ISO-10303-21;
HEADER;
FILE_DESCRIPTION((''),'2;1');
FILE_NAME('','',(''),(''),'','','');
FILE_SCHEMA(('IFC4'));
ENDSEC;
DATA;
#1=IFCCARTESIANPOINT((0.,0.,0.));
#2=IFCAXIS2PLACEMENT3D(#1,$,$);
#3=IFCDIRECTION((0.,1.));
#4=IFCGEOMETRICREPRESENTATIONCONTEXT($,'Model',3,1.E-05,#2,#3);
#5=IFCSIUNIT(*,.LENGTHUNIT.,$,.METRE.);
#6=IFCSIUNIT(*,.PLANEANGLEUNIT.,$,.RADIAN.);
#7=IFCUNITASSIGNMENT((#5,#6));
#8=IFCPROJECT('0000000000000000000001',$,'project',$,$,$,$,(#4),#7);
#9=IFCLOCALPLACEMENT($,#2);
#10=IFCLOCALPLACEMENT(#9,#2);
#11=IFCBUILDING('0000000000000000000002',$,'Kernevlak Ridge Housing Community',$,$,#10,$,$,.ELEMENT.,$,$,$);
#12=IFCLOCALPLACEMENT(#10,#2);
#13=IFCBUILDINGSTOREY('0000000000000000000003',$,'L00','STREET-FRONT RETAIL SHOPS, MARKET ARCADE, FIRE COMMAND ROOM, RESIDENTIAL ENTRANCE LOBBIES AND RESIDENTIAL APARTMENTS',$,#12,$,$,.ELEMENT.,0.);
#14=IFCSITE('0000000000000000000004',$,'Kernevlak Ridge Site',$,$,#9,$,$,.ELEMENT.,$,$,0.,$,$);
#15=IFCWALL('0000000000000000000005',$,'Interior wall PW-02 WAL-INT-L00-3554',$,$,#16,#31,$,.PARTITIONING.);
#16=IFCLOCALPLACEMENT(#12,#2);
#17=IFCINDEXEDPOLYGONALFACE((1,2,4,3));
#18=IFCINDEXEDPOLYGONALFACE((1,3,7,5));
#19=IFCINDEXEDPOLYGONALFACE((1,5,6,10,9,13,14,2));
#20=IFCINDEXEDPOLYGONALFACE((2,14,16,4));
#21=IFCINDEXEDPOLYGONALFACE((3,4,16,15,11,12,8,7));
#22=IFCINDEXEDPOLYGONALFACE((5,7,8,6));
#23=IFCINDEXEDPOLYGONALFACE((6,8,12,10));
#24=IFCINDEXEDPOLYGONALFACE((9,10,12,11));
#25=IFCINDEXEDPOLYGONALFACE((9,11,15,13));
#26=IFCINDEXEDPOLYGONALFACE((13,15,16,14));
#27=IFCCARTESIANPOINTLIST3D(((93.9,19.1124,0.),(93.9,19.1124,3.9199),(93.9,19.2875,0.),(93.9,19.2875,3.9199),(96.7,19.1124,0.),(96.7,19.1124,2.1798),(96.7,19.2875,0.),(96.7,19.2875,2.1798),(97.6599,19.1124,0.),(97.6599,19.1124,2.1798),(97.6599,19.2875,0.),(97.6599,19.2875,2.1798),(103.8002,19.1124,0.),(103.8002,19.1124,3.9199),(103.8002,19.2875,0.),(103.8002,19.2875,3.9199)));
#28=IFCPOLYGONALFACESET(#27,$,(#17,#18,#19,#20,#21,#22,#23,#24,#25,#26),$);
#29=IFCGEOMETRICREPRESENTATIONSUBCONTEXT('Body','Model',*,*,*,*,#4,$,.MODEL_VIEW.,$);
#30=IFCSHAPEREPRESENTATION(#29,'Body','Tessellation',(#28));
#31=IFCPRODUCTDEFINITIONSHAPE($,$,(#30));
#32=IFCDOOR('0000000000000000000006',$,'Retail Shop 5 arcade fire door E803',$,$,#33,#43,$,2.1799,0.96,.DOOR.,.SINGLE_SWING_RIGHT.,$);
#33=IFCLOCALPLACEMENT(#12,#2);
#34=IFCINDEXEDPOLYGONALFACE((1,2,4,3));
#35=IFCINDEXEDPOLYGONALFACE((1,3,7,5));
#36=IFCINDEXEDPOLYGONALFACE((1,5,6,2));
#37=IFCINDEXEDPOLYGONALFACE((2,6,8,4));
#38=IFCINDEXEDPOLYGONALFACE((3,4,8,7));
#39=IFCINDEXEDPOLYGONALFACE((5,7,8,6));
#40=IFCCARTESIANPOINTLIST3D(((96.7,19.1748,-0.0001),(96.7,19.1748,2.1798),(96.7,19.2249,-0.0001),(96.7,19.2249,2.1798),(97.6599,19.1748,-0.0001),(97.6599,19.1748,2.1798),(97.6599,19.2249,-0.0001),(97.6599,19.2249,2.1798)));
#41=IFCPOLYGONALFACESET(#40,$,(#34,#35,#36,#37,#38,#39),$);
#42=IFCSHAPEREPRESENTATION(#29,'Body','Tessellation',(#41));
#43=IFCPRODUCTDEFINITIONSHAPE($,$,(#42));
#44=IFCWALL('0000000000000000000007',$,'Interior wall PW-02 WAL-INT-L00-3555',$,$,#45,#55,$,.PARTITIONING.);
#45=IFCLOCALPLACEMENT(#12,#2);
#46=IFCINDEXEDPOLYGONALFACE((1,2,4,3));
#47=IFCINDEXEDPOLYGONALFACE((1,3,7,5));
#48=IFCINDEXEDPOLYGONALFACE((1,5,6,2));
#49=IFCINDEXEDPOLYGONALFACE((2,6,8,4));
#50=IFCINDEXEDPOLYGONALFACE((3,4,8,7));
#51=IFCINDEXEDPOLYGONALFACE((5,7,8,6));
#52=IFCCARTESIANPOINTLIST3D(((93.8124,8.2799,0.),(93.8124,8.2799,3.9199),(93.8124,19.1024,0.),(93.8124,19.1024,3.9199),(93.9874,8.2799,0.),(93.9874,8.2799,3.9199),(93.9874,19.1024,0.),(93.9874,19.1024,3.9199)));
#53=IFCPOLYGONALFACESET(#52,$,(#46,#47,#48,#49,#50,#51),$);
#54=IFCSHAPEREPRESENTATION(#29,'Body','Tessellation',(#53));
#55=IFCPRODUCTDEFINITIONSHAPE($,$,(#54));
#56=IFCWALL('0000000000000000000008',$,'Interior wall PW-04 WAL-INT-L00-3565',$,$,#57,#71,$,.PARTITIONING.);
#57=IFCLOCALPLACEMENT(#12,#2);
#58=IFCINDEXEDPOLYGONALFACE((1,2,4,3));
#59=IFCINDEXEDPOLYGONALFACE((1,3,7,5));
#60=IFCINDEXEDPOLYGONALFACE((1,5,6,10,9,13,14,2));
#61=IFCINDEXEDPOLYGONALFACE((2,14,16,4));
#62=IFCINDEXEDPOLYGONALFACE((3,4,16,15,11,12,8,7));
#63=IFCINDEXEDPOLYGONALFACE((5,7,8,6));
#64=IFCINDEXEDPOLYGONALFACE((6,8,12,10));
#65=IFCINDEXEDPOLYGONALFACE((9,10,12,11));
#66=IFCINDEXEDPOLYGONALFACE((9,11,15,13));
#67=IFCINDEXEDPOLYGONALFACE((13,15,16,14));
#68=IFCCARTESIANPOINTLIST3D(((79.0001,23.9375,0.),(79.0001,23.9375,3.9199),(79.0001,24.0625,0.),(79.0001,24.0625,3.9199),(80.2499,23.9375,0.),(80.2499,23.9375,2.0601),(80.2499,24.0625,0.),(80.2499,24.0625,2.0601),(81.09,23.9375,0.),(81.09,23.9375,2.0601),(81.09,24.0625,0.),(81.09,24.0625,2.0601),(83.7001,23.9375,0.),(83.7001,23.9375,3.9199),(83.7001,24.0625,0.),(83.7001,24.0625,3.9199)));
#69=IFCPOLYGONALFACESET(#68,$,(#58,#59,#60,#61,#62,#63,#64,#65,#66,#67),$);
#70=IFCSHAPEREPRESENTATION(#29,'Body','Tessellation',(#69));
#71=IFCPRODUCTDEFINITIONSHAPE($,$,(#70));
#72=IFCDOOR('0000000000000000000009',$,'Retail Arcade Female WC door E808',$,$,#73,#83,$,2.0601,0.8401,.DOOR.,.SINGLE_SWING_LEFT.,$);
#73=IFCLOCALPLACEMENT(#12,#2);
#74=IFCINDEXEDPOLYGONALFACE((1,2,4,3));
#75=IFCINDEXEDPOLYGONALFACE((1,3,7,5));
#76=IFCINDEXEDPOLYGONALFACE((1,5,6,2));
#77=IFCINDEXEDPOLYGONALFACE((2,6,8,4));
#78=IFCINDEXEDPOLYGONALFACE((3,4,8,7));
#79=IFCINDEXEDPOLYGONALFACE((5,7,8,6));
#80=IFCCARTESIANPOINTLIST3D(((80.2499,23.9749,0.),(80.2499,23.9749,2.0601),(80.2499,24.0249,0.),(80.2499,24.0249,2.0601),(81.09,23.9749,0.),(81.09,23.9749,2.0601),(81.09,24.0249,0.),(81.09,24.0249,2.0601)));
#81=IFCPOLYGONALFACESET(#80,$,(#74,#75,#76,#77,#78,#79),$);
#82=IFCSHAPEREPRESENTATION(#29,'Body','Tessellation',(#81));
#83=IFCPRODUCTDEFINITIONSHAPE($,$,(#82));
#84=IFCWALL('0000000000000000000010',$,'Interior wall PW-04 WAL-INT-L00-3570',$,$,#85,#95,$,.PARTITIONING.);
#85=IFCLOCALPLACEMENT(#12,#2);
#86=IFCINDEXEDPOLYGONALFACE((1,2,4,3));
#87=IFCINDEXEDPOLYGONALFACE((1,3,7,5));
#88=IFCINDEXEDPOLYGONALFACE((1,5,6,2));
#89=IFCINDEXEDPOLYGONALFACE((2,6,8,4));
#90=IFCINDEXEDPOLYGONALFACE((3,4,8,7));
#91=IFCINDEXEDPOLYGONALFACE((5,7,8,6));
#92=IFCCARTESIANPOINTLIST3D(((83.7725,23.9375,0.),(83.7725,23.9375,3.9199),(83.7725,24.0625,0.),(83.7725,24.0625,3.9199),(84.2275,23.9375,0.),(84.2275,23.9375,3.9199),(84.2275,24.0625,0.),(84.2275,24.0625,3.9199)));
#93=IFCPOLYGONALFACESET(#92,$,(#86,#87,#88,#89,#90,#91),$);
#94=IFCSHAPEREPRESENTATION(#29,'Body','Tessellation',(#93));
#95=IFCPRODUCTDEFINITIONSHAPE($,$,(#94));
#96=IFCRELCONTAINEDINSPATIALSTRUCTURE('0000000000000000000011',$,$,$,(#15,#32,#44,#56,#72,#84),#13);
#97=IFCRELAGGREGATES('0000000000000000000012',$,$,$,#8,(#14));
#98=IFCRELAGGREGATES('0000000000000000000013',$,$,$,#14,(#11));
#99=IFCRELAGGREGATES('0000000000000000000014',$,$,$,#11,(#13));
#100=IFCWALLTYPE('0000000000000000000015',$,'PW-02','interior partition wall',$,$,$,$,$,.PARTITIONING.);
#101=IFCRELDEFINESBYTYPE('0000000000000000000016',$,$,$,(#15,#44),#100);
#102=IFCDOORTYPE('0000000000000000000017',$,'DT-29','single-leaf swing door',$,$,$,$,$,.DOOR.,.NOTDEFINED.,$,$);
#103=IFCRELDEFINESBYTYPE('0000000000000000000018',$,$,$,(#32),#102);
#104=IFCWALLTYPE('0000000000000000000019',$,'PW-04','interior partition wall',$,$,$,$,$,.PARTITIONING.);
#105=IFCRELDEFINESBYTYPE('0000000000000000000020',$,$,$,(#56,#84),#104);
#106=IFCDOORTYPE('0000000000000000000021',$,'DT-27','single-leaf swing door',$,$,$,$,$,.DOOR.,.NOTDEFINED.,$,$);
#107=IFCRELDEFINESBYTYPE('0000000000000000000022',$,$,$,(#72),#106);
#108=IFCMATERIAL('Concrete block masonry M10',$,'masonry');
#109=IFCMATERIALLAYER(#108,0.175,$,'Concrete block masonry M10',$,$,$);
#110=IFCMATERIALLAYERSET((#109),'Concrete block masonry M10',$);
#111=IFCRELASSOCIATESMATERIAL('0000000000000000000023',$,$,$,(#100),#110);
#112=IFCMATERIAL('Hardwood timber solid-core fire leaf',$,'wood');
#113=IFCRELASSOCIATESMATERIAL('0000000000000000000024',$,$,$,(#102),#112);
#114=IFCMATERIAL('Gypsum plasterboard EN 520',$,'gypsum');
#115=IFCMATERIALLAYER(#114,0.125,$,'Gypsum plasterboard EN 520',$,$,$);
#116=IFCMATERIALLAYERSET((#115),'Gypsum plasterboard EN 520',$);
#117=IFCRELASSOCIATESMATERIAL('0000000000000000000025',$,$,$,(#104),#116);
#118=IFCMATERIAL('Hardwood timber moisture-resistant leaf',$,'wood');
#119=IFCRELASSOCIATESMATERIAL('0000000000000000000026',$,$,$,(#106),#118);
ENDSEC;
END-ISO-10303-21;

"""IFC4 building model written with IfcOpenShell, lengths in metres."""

from ifc_helpers import new_model, si_unit, direction, frame, frame_2d, origin, place, context, subcontext, project, spatial, rectangle, extrude, material, layer, layer_set, type_object, element, fill, save


model = new_model("IFC4")

# Units and contexts
model_context = context("Model", 3, precision=1e-05, world=origin(), true_north=direction((0.0, 1.0)))
body_context = subcontext(model_context, "Body", "Model", "MODEL_VIEW")
ifc_project = project(units=[si_unit("LENGTHUNIT", "METRE"), si_unit("PLANEANGLEUNIT", "RADIAN")], contexts=[model_context])

# Site, building, storey
site_placement = place(None, origin())
site = spatial("IfcSite", under=ifc_project, at=site_placement, Name="Kernevlak Ridge Site", CompositionType="ELEMENT", RefElevation=0.0)
building_placement = place(site_placement, origin())
building = spatial("IfcBuilding", under=site, at=building_placement, Name="Kernevlak Ridge Housing Community", CompositionType="ELEMENT")
storey_placement = place(building_placement, origin())
storey = spatial("IfcBuildingStorey", under=building, at=storey_placement, Name="L00", Description="STREET-FRONT RETAIL SHOPS, MARKET ARCADE, FIRE COMMAND ROOM, RESIDENTIAL ENTRANCE LOBBIES AND RESIDENTIAL APARTMENTS", CompositionType="ELEMENT", Elevation=0.0)

# Shared definitions
ifc_material_1 = material(Name="Concrete block masonry M10", Category="masonry")
ifc_layer_1 = layer(ifc_material_1, 0.175, Name="Concrete block masonry M10")
ifc_layer_set_1 = layer_set([ifc_layer_1], Name="Concrete block masonry M10")
wall_type_1 = type_object("IfcWallType", Name="PW-02", Description="interior partition wall", PredefinedType="PARTITIONING", material=ifc_layer_set_1)
ifc_material_2 = material(Name="Hardwood timber solid-core fire leaf", Category="wood")

# Wall, opening, door
wall_1_placement = place(storey_placement, frame((93.8999, 19.2, 0.0), z_axis=(0.0, 0.0, 1.0), x_axis=(1.0, 0.0, 0.0)))
wall_1 = element("IfcWall", 1, at=wall_1_placement, inside=storey, type_object=wall_type_1, Name="Interior wall PW-02 WAL-INT-L00-3554", PredefinedType="PARTITIONING", context=body_context, shape_type="SweptSolid", body=[
    extrude(rectangle(XDim=9.9001, YDim=0.175, at=frame_2d((4.9502, 0.0))), origin(), (0.0, 0.0, 1.0), 3.9199),
])
opening_1_placement = place(wall_1_placement, frame((2.8, 0.0, 0.0)))
opening_1 = element("IfcOpeningElement", 2, at=opening_1_placement, cuts=wall_1, PredefinedType="OPENING", context=body_context, shape_type="SweptSolid", body=[
    extrude(rectangle(XDim=0.96, YDim=2.1799, at=frame_2d((0.48, 1.0898))), frame((0.0, 0.0974, 0.0), z_axis=(0.0, -1.0, 0.0), x_axis=(1.0, 0.0, 0.0)), (0.0, 0.0, 1.0), 0.1951),
])
door_type_1 = type_object("IfcDoorType", Name="DT-29", Description="single-leaf swing door", OperationType="NOTDEFINED", PredefinedType="DOOR", material=ifc_material_2)
door_1_placement = place(opening_1_placement, origin())
door_1 = element("IfcDoor", 3, at=door_1_placement, inside=storey, type_object=door_type_1, Name="Retail Shop 5 arcade fire door E803", OperationType="SINGLE_SWING_RIGHT", OverallHeight=2.1799, OverallWidth=0.96, PredefinedType="DOOR", context=body_context, shape_type="SweptSolid", body=[
    extrude(rectangle(XDim=0.96, YDim=2.1799, at=frame_2d((0.48, 1.0898))), frame((0.0, 0.0249, 0.0), z_axis=(0.0, -1.0, 0.0), x_axis=(1.0, 0.0, 0.0)), (0.0, 0.0, 1.0), 0.05),
])
fill(opening_1, door_1)

# Wall
wall_2_placement = place(storey_placement, frame((93.8999, 8.28, 0.0), z_axis=(0.0, 0.0, 1.0), x_axis=(0.0, 1.0, 0.0)))
element("IfcWall", 4, at=wall_2_placement, inside=storey, type_object=wall_type_1, Name="Interior wall PW-02 WAL-INT-L00-3555", PredefinedType="PARTITIONING", context=body_context, shape_type="SweptSolid", body=[
    extrude(rectangle(XDim=10.8225, YDim=0.175, at=frame_2d((5.4111, 0.0))), origin(), (0.0, 0.0, 1.0), 3.9199),
])

# Wall, opening, door
ifc_material_3 = material(Name="Gypsum plasterboard EN 520", Category="gypsum")
ifc_layer_2 = layer(ifc_material_3, 0.125, Name="Gypsum plasterboard EN 520")
ifc_layer_set_2 = layer_set([ifc_layer_2], Name="Gypsum plasterboard EN 520")
wall_type_2 = type_object("IfcWallType", Name="PW-04", Description="interior partition wall", PredefinedType="PARTITIONING", material=ifc_layer_set_2)
wall_3_placement = place(storey_placement, frame((79.0, 24.0, 0.0), z_axis=(0.0, 0.0, 1.0), x_axis=(1.0, 0.0, 0.0)))
wall_3 = element("IfcWall", 5, at=wall_3_placement, inside=storey, type_object=wall_type_2, Name="Interior wall PW-04 WAL-INT-L00-3565", PredefinedType="PARTITIONING", context=body_context, shape_type="SweptSolid", body=[
    extrude(rectangle(XDim=4.7, YDim=0.125, at=frame_2d((2.3501, 0.0))), origin(), (0.0, 0.0, 1.0), 3.9199),
])
opening_2_placement = place(wall_3_placement, frame((1.25, 0.0, 0.0)))
opening_2 = element("IfcOpeningElement", 6, at=opening_2_placement, cuts=wall_3, PredefinedType="OPENING", context=body_context, shape_type="SweptSolid", body=[
    extrude(rectangle(XDim=0.8401, YDim=2.0601, at=frame_2d((0.4199, 1.03))), frame((0.0, 0.0725, 0.0), z_axis=(0.0, -1.0, 0.0), x_axis=(1.0, 0.0, 0.0)), (0.0, 0.0, 1.0), 0.145),
])
ifc_material_4 = material(Name="Hardwood timber moisture-resistant leaf", Category="wood")
door_type_2 = type_object("IfcDoorType", Name="DT-27", Description="single-leaf swing door", OperationType="NOTDEFINED", PredefinedType="DOOR", material=ifc_material_4)
door_2_placement = place(opening_2_placement, origin())
door_2 = element("IfcDoor", 7, at=door_2_placement, inside=storey, type_object=door_type_2, Name="Retail Arcade Female WC door E808", OperationType="SINGLE_SWING_LEFT", OverallHeight=2.0601, OverallWidth=0.8401, PredefinedType="DOOR", context=body_context, shape_type="SweptSolid", body=[
    extrude(rectangle(XDim=0.8401, YDim=2.0601, at=frame_2d((0.4199, 1.03))), frame((0.0, 0.0249, 0.0), z_axis=(0.0, -1.0, 0.0), x_axis=(1.0, 0.0, 0.0)), (0.0, 0.0, 1.0), 0.05),
])
fill(opening_2, door_2)

# Wall
wall_4_placement = place(storey_placement, frame((83.7725, 24.0, 0.0), z_axis=(0.0, 0.0, 1.0), x_axis=(1.0, 0.0, 0.0)))
element("IfcWall", 8, at=wall_4_placement, inside=storey, type_object=wall_type_2, Name="Interior wall PW-04 WAL-INT-L00-3570", PredefinedType="PARTITIONING", context=body_context, shape_type="SweptSolid", body=[
    extrude(rectangle(XDim=0.4551, YDim=0.125, at=frame_2d((0.2275, 0.0))), origin(), (0.0, 0.0, 1.0), 3.9199),
])

save(model, "model.ifc")
